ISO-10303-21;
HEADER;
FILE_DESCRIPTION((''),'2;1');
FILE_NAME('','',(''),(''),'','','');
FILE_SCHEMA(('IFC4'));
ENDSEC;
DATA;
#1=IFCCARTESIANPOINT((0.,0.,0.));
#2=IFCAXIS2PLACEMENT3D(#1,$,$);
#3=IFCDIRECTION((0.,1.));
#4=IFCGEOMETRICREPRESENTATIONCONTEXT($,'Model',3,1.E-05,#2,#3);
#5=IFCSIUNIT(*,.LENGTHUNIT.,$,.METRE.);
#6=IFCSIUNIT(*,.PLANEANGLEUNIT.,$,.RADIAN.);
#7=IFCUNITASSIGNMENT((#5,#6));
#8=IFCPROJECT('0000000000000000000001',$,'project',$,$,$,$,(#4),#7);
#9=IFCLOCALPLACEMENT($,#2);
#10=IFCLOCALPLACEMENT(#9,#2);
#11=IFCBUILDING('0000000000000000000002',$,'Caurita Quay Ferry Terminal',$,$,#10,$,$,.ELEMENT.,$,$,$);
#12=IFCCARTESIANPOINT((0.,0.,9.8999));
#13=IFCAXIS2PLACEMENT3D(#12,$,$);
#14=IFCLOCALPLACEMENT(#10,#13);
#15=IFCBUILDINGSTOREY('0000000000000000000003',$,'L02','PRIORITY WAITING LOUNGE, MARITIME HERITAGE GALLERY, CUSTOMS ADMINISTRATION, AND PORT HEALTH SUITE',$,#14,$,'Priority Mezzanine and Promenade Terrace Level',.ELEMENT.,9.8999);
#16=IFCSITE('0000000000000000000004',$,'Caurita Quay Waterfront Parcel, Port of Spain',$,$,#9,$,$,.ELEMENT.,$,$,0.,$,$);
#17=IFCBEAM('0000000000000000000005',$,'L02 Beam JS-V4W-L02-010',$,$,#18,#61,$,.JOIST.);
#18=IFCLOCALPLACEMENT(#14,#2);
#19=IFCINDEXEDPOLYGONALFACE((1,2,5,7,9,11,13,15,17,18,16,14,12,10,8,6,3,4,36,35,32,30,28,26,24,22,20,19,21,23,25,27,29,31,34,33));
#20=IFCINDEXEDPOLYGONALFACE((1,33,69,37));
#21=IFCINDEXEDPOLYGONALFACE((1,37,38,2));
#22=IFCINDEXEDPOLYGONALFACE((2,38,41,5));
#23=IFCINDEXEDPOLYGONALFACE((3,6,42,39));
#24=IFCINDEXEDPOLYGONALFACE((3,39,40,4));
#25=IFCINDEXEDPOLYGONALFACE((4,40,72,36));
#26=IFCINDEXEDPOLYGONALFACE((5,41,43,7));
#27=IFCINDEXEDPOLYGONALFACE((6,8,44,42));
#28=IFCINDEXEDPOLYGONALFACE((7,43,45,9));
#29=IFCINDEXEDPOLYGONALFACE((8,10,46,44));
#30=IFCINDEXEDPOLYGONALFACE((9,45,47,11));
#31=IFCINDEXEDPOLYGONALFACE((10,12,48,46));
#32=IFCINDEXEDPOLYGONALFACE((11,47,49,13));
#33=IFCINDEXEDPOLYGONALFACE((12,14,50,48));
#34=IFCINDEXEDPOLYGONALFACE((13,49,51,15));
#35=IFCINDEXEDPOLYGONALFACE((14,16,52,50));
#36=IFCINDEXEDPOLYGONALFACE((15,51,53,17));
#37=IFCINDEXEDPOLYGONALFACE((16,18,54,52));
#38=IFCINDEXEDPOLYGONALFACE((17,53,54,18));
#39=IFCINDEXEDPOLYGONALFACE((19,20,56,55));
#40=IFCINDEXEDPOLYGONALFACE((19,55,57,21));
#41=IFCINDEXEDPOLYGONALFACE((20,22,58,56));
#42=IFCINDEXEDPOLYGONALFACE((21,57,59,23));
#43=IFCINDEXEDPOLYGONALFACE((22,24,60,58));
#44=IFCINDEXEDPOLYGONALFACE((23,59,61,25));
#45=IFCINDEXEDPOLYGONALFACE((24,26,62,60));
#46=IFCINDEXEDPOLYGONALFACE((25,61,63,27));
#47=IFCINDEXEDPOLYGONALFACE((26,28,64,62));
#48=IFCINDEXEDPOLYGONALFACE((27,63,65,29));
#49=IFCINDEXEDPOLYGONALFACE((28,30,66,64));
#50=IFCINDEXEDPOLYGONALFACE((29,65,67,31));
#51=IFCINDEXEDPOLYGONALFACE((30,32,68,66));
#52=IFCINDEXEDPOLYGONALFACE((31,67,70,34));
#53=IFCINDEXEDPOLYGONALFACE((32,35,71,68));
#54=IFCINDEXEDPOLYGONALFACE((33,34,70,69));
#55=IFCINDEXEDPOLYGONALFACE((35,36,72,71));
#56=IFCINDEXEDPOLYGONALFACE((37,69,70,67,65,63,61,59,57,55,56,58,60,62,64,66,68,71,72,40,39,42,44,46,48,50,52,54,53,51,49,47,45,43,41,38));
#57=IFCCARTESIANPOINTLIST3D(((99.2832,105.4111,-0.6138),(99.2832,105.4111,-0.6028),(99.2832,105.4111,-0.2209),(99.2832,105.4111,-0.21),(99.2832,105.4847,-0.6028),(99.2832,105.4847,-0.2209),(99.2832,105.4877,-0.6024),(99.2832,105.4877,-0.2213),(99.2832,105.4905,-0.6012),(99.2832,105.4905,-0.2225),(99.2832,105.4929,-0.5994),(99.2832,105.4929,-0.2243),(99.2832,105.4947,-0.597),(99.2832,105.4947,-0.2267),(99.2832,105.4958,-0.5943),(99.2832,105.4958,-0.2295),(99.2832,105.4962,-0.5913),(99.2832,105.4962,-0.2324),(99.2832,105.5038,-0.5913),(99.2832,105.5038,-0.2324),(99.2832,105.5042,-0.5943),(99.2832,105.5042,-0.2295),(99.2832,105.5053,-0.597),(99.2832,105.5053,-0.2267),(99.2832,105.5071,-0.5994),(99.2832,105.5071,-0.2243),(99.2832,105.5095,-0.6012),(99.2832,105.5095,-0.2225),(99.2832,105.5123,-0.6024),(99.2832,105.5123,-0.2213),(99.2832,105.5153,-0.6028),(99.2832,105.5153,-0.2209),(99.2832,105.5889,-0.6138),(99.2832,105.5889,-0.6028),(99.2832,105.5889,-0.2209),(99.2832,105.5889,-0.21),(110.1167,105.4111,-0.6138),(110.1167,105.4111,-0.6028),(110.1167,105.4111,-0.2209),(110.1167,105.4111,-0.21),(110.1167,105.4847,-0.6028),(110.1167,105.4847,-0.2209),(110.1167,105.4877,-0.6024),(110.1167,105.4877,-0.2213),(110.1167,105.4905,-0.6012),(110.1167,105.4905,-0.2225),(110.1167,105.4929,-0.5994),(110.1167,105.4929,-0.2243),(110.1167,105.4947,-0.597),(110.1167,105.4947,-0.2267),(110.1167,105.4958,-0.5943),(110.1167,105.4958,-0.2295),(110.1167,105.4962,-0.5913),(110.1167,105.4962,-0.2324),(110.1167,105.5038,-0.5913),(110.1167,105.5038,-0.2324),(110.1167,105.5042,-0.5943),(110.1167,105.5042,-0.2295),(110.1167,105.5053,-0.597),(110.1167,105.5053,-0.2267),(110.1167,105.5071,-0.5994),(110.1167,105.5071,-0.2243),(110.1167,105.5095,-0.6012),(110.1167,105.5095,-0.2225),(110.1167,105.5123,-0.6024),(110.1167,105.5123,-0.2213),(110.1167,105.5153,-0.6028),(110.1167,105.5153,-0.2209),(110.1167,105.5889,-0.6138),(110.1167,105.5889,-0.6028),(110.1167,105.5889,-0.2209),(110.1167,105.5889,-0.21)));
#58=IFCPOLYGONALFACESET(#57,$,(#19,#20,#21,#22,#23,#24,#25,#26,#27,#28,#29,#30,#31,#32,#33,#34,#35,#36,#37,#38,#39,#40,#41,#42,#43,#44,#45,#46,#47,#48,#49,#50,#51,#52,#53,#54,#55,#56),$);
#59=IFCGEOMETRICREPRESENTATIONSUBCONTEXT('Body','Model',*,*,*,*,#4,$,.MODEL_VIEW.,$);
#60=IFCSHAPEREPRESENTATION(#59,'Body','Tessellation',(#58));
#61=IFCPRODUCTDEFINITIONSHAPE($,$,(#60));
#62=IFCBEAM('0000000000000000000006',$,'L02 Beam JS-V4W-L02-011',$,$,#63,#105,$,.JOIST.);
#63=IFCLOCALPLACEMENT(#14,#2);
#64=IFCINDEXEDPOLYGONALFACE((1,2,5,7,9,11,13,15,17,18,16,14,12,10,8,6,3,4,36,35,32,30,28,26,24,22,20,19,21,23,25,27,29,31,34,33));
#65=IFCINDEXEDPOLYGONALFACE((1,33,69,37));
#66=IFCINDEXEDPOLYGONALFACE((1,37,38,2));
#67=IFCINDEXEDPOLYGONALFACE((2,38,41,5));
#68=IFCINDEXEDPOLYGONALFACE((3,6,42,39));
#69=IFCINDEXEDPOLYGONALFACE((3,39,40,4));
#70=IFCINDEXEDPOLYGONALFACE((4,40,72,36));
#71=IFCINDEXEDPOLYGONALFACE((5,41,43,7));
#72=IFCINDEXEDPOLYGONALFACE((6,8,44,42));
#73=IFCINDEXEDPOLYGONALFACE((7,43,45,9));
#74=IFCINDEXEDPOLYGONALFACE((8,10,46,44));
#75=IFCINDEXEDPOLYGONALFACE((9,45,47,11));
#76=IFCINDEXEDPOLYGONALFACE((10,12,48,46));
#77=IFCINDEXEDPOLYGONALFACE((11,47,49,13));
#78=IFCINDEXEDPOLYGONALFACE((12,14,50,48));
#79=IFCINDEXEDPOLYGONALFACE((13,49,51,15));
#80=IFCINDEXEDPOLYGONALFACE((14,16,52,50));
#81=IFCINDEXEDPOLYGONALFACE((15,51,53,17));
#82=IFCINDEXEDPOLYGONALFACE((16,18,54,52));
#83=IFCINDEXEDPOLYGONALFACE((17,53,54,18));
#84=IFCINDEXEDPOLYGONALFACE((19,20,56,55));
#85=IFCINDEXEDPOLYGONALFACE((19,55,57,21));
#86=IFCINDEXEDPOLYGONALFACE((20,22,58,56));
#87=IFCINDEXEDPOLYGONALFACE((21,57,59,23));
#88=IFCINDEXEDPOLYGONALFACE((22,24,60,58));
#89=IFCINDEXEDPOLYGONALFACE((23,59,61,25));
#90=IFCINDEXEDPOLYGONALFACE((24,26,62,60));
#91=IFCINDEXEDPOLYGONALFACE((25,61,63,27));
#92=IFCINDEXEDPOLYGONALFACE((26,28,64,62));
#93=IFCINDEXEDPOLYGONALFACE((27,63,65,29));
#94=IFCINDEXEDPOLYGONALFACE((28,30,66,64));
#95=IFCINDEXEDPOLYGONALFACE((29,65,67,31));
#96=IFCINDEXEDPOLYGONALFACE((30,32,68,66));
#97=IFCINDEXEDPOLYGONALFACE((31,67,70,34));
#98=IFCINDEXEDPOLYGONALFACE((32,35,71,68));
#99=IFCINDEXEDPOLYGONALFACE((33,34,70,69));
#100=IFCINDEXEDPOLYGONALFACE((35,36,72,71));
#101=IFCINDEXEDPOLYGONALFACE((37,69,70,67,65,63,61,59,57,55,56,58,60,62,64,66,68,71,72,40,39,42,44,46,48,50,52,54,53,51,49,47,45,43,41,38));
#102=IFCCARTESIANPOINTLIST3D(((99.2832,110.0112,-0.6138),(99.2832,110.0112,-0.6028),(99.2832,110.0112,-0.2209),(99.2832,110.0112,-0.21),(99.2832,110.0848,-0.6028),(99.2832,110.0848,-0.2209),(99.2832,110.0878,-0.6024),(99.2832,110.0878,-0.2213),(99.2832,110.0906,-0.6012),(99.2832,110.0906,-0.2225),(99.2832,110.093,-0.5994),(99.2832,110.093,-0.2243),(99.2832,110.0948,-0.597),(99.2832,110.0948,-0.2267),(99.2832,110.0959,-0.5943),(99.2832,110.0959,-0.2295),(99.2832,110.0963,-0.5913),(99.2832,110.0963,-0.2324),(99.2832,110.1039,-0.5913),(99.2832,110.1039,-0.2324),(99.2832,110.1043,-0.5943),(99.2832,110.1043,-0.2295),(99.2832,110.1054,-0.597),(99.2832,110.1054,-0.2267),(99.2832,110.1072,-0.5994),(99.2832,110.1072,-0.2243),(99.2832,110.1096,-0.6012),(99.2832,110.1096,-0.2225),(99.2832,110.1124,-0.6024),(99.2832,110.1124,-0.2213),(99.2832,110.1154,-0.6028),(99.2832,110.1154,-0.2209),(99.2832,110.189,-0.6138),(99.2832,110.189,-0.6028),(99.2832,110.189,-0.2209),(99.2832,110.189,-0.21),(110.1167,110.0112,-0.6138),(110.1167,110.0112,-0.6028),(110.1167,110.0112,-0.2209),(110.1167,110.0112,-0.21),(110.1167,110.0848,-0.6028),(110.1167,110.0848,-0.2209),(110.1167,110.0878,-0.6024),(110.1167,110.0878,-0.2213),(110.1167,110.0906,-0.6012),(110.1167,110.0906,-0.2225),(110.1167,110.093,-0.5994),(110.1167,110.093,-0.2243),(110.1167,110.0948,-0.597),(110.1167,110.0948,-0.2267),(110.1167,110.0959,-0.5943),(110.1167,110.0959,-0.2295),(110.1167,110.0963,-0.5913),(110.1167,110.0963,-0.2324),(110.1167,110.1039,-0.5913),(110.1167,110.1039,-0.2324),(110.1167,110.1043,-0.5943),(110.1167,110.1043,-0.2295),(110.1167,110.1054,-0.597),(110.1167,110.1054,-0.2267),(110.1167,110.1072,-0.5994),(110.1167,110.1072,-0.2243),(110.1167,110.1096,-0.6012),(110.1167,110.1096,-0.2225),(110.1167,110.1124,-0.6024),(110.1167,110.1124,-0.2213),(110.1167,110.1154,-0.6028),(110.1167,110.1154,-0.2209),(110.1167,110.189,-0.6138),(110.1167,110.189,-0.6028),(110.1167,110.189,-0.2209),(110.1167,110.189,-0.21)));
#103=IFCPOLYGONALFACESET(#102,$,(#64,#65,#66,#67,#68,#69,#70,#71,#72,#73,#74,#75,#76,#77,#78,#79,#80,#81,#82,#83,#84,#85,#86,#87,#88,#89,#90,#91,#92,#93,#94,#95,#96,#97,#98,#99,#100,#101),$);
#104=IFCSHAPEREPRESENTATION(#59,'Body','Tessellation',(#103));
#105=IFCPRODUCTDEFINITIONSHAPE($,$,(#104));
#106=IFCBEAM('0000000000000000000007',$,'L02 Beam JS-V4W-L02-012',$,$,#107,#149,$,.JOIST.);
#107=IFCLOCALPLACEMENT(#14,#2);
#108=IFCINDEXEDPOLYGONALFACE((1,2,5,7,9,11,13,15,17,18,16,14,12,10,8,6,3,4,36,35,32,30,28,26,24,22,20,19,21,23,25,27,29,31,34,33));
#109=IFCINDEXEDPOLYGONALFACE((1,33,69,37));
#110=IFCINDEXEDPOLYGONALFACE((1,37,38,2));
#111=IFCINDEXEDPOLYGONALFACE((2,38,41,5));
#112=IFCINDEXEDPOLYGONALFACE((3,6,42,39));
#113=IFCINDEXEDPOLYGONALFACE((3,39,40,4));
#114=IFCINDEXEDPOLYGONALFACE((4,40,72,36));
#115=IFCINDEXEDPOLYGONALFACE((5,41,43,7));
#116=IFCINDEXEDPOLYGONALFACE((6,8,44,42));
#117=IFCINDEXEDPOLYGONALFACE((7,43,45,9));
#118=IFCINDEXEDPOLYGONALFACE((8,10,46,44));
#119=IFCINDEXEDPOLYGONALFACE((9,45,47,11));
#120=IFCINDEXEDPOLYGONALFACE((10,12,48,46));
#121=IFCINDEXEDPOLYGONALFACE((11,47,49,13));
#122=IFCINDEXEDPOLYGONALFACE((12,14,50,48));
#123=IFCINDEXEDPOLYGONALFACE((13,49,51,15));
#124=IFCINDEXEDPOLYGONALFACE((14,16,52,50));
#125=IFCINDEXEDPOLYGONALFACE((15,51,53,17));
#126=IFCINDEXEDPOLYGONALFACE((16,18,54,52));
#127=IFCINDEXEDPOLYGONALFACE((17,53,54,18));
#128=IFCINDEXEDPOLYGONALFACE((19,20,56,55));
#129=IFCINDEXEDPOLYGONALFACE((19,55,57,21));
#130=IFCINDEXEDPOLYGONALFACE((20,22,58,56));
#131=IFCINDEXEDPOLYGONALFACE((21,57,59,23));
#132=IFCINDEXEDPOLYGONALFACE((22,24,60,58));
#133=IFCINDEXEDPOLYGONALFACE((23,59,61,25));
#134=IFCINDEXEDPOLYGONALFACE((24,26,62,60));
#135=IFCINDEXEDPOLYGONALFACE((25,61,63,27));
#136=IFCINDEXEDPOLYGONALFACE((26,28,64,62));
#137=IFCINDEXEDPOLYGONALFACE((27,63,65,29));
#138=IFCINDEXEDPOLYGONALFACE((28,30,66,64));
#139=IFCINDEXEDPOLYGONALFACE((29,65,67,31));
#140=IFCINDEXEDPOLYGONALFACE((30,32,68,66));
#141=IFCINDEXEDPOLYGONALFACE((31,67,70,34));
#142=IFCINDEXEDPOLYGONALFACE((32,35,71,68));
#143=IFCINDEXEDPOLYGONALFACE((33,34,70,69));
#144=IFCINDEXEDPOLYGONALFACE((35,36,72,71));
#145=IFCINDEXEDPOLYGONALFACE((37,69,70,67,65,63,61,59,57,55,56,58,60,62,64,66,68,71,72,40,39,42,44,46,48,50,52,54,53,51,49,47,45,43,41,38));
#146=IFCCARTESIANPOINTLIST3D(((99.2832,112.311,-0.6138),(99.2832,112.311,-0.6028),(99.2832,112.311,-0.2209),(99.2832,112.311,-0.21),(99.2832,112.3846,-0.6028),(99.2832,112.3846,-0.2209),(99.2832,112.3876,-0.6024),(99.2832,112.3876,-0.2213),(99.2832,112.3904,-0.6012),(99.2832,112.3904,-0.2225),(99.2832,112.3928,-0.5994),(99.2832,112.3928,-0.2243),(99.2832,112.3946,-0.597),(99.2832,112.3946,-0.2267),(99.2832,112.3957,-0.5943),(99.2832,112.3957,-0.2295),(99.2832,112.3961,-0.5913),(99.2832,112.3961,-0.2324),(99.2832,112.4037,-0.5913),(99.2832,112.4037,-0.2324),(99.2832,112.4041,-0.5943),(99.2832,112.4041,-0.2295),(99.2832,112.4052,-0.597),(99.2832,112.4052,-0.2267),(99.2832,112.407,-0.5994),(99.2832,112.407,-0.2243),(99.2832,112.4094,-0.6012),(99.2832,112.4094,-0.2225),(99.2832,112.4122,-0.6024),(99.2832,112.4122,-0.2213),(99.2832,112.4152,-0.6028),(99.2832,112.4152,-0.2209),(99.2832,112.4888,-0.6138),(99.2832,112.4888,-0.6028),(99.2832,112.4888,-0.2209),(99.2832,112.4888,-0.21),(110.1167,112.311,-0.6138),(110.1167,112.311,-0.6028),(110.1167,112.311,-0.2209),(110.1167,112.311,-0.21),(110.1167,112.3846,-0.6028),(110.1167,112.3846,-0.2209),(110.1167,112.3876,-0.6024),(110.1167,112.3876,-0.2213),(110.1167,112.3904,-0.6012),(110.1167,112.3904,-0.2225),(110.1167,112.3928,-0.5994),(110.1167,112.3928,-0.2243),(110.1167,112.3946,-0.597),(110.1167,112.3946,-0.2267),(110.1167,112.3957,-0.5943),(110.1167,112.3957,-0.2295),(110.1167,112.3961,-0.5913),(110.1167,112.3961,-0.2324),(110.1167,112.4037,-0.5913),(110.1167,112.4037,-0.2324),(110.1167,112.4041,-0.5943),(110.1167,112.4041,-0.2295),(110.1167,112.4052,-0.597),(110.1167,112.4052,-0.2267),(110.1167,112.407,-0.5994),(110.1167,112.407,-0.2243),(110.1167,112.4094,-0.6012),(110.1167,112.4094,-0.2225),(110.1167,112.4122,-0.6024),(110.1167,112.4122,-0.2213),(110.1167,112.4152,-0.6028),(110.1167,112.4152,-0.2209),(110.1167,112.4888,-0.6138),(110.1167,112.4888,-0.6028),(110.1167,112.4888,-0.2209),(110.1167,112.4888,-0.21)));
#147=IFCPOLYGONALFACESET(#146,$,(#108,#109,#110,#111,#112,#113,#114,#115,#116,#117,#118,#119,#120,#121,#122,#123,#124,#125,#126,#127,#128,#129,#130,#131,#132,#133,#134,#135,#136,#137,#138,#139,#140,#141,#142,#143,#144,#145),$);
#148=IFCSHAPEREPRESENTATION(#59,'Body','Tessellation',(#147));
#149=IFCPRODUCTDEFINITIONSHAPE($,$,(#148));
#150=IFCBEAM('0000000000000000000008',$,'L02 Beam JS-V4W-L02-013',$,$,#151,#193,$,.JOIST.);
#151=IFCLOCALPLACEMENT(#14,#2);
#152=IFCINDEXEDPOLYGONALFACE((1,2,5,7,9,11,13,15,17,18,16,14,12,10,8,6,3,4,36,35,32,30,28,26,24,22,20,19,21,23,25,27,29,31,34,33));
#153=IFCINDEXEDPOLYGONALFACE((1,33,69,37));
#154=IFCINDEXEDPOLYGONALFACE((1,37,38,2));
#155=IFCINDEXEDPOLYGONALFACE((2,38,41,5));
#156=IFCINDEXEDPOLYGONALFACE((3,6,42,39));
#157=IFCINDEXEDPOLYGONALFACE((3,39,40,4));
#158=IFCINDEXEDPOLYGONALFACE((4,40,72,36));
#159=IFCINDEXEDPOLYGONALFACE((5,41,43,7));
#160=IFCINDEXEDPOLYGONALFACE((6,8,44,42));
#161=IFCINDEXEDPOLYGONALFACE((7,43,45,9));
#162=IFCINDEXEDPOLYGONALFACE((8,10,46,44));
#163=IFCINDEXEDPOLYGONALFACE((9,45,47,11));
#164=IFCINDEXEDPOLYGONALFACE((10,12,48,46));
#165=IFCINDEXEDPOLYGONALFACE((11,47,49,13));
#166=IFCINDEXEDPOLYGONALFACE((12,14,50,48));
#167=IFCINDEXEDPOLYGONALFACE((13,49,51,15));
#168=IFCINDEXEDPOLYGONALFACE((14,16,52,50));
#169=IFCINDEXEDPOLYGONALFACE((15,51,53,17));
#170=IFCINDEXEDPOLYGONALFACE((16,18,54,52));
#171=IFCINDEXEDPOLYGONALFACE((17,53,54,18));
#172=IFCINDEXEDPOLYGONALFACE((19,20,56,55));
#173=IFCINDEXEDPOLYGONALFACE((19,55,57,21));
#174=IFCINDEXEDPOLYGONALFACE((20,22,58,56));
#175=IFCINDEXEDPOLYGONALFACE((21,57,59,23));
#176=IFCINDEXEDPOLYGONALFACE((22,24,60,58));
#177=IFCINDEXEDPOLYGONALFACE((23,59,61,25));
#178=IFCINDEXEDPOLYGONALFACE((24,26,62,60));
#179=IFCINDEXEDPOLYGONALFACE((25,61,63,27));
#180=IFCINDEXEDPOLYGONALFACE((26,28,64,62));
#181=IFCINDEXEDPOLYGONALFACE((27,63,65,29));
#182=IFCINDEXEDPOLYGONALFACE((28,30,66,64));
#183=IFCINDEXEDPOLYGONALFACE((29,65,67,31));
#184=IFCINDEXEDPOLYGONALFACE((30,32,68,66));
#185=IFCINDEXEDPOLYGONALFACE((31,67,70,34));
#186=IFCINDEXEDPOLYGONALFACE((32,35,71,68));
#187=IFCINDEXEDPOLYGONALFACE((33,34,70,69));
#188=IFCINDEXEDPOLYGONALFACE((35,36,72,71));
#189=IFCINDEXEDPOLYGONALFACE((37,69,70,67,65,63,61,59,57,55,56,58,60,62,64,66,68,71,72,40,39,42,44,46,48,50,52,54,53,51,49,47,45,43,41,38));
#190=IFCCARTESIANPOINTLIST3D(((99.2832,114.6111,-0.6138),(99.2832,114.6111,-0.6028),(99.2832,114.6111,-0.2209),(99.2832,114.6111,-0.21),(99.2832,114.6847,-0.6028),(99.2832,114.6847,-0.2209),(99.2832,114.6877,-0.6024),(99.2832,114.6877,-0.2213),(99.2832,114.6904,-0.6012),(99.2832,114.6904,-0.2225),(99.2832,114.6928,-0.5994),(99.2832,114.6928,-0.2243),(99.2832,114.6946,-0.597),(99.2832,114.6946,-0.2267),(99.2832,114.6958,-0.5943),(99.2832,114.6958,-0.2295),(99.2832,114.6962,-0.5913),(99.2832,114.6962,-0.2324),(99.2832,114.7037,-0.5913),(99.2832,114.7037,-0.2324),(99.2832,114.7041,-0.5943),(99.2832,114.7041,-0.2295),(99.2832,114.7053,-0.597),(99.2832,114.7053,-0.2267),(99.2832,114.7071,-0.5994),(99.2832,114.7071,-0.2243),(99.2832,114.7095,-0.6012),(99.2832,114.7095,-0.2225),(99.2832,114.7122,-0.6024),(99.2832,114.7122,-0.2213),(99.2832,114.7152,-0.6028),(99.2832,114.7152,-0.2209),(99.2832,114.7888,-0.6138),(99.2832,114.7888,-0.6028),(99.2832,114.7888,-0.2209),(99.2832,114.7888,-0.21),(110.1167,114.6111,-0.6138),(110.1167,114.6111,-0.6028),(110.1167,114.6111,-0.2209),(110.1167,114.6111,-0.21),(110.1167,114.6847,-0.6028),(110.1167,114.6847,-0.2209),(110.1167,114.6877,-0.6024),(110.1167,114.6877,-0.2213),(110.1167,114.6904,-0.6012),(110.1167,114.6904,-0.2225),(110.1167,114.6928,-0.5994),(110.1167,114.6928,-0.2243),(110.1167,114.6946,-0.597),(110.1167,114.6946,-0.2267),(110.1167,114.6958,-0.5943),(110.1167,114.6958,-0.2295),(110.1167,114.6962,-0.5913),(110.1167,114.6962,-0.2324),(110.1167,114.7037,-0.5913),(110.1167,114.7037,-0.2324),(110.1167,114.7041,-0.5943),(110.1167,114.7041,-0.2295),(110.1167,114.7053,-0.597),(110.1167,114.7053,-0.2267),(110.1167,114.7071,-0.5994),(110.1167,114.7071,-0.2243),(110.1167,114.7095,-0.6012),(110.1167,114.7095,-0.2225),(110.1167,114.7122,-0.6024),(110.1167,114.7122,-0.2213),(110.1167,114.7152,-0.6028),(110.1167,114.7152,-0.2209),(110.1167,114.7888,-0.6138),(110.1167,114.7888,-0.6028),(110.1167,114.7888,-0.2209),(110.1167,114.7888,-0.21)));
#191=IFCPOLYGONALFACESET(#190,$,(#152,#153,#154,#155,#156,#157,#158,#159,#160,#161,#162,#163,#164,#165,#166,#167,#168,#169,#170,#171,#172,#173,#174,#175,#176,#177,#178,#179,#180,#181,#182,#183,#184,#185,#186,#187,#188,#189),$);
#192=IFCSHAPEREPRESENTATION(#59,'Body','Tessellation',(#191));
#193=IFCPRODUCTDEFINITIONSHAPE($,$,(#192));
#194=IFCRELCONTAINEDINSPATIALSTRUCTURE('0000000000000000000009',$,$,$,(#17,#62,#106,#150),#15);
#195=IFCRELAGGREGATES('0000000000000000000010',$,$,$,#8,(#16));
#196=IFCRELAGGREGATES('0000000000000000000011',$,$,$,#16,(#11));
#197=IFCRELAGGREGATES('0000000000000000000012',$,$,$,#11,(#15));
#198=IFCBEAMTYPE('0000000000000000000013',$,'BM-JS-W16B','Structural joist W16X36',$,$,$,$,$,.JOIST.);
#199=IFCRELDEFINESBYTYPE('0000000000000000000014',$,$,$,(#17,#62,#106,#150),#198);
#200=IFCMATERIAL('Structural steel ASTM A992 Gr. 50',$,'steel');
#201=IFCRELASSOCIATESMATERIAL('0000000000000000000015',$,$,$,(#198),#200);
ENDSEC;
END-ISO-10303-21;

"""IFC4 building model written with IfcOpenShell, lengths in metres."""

from ifc_helpers import new_model, si_unit, direction, frame, origin, origin_2d, place, context, subcontext, project, spatial, i_section, extrude, material, material_profile, profile_set, type_object, element, save


model = new_model("IFC4")

# Units and contexts
model_context = context("Model", 3, precision=1e-05, world=origin(), true_north=direction((0.0, 1.0)))
body_context = subcontext(model_context, "Body", "Model", "MODEL_VIEW")
ifc_project = project(units=[si_unit("LENGTHUNIT", "METRE"), si_unit("PLANEANGLEUNIT", "RADIAN")], contexts=[model_context])

# Site, building, storey
site_placement = place(None, origin())
site = spatial("IfcSite", under=ifc_project, at=site_placement, Name="Caurita Quay Waterfront Parcel, Port of Spain", CompositionType="ELEMENT", RefElevation=0.0)
building_placement = place(site_placement, origin())
building = spatial("IfcBuilding", under=site, at=building_placement, Name="Caurita Quay Ferry Terminal", CompositionType="ELEMENT")
storey_placement = place(building_placement, frame((0.0, 0.0, 9.8999)))
storey = spatial("IfcBuildingStorey", under=building, at=storey_placement, Name="L02", Description="PRIORITY WAITING LOUNGE, MARITIME HERITAGE GALLERY, CUSTOMS ADMINISTRATION, AND PORT HEALTH SUITE", LongName="Priority Mezzanine and Promenade Terrace Level", CompositionType="ELEMENT", Elevation=9.8999)

# Beams
ifc_material_1 = material(Name="Structural steel ASTM A992 Gr. 50", Category="steel")
ifc_material_profile_1 = material_profile(ifc_material_1, i_section(OverallWidth=0.1777, OverallDepth=0.4038, WebThickness=0.0076, FlangeThickness=0.011, FilletRadius=0.0115, at=origin_2d()), Name="W16X36")
ifc_profile_set_1 = profile_set([ifc_material_profile_1], Name="Structural steel ASTM A992 Gr. 50")
beam_type_1 = type_object("IfcBeamType", Name="BM-JS-W16B", Description="Structural joist W16X36", PredefinedType="JOIST", material=ifc_profile_set_1)
for number, where, z_axis, x_axis, name in (
    (1, (99.2832, 105.5, -0.4119), (1.0, 0.0, 0.0), (0.0, 1.0, 0.0), "L02 Beam JS-V4W-L02-010"),
    (2, (99.2832, 110.1001, -0.4119), (1.0, 0.0, 0.0), (0.0, 1.0, 0.0), "L02 Beam JS-V4W-L02-011"),
    (3, (99.2832, 112.3999, -0.4119), (1.0, 0.0, 0.0), (0.0, 1.0, 0.0), "L02 Beam JS-V4W-L02-012"),
    (4, (99.2832, 114.7, -0.4119), (1.0, 0.0, 0.0), (0.0, 1.0, 0.0), "L02 Beam JS-V4W-L02-013"),
):
    element("IfcBeam", number, at=place(storey_placement, frame(where, z_axis=z_axis, x_axis=x_axis)), inside=storey, type_object=beam_type_1, Name=name, PredefinedType="JOIST", context=body_context, shape_type="SweptSolid", body=[
        extrude(i_section(OverallWidth=0.1777, OverallDepth=0.4038, WebThickness=0.0076, FlangeThickness=0.011, FilletRadius=0.0115, at=origin_2d()), origin(), (0.0, 0.0, 1.0), 10.8335),
    ])

save(model, "model.ifc")
